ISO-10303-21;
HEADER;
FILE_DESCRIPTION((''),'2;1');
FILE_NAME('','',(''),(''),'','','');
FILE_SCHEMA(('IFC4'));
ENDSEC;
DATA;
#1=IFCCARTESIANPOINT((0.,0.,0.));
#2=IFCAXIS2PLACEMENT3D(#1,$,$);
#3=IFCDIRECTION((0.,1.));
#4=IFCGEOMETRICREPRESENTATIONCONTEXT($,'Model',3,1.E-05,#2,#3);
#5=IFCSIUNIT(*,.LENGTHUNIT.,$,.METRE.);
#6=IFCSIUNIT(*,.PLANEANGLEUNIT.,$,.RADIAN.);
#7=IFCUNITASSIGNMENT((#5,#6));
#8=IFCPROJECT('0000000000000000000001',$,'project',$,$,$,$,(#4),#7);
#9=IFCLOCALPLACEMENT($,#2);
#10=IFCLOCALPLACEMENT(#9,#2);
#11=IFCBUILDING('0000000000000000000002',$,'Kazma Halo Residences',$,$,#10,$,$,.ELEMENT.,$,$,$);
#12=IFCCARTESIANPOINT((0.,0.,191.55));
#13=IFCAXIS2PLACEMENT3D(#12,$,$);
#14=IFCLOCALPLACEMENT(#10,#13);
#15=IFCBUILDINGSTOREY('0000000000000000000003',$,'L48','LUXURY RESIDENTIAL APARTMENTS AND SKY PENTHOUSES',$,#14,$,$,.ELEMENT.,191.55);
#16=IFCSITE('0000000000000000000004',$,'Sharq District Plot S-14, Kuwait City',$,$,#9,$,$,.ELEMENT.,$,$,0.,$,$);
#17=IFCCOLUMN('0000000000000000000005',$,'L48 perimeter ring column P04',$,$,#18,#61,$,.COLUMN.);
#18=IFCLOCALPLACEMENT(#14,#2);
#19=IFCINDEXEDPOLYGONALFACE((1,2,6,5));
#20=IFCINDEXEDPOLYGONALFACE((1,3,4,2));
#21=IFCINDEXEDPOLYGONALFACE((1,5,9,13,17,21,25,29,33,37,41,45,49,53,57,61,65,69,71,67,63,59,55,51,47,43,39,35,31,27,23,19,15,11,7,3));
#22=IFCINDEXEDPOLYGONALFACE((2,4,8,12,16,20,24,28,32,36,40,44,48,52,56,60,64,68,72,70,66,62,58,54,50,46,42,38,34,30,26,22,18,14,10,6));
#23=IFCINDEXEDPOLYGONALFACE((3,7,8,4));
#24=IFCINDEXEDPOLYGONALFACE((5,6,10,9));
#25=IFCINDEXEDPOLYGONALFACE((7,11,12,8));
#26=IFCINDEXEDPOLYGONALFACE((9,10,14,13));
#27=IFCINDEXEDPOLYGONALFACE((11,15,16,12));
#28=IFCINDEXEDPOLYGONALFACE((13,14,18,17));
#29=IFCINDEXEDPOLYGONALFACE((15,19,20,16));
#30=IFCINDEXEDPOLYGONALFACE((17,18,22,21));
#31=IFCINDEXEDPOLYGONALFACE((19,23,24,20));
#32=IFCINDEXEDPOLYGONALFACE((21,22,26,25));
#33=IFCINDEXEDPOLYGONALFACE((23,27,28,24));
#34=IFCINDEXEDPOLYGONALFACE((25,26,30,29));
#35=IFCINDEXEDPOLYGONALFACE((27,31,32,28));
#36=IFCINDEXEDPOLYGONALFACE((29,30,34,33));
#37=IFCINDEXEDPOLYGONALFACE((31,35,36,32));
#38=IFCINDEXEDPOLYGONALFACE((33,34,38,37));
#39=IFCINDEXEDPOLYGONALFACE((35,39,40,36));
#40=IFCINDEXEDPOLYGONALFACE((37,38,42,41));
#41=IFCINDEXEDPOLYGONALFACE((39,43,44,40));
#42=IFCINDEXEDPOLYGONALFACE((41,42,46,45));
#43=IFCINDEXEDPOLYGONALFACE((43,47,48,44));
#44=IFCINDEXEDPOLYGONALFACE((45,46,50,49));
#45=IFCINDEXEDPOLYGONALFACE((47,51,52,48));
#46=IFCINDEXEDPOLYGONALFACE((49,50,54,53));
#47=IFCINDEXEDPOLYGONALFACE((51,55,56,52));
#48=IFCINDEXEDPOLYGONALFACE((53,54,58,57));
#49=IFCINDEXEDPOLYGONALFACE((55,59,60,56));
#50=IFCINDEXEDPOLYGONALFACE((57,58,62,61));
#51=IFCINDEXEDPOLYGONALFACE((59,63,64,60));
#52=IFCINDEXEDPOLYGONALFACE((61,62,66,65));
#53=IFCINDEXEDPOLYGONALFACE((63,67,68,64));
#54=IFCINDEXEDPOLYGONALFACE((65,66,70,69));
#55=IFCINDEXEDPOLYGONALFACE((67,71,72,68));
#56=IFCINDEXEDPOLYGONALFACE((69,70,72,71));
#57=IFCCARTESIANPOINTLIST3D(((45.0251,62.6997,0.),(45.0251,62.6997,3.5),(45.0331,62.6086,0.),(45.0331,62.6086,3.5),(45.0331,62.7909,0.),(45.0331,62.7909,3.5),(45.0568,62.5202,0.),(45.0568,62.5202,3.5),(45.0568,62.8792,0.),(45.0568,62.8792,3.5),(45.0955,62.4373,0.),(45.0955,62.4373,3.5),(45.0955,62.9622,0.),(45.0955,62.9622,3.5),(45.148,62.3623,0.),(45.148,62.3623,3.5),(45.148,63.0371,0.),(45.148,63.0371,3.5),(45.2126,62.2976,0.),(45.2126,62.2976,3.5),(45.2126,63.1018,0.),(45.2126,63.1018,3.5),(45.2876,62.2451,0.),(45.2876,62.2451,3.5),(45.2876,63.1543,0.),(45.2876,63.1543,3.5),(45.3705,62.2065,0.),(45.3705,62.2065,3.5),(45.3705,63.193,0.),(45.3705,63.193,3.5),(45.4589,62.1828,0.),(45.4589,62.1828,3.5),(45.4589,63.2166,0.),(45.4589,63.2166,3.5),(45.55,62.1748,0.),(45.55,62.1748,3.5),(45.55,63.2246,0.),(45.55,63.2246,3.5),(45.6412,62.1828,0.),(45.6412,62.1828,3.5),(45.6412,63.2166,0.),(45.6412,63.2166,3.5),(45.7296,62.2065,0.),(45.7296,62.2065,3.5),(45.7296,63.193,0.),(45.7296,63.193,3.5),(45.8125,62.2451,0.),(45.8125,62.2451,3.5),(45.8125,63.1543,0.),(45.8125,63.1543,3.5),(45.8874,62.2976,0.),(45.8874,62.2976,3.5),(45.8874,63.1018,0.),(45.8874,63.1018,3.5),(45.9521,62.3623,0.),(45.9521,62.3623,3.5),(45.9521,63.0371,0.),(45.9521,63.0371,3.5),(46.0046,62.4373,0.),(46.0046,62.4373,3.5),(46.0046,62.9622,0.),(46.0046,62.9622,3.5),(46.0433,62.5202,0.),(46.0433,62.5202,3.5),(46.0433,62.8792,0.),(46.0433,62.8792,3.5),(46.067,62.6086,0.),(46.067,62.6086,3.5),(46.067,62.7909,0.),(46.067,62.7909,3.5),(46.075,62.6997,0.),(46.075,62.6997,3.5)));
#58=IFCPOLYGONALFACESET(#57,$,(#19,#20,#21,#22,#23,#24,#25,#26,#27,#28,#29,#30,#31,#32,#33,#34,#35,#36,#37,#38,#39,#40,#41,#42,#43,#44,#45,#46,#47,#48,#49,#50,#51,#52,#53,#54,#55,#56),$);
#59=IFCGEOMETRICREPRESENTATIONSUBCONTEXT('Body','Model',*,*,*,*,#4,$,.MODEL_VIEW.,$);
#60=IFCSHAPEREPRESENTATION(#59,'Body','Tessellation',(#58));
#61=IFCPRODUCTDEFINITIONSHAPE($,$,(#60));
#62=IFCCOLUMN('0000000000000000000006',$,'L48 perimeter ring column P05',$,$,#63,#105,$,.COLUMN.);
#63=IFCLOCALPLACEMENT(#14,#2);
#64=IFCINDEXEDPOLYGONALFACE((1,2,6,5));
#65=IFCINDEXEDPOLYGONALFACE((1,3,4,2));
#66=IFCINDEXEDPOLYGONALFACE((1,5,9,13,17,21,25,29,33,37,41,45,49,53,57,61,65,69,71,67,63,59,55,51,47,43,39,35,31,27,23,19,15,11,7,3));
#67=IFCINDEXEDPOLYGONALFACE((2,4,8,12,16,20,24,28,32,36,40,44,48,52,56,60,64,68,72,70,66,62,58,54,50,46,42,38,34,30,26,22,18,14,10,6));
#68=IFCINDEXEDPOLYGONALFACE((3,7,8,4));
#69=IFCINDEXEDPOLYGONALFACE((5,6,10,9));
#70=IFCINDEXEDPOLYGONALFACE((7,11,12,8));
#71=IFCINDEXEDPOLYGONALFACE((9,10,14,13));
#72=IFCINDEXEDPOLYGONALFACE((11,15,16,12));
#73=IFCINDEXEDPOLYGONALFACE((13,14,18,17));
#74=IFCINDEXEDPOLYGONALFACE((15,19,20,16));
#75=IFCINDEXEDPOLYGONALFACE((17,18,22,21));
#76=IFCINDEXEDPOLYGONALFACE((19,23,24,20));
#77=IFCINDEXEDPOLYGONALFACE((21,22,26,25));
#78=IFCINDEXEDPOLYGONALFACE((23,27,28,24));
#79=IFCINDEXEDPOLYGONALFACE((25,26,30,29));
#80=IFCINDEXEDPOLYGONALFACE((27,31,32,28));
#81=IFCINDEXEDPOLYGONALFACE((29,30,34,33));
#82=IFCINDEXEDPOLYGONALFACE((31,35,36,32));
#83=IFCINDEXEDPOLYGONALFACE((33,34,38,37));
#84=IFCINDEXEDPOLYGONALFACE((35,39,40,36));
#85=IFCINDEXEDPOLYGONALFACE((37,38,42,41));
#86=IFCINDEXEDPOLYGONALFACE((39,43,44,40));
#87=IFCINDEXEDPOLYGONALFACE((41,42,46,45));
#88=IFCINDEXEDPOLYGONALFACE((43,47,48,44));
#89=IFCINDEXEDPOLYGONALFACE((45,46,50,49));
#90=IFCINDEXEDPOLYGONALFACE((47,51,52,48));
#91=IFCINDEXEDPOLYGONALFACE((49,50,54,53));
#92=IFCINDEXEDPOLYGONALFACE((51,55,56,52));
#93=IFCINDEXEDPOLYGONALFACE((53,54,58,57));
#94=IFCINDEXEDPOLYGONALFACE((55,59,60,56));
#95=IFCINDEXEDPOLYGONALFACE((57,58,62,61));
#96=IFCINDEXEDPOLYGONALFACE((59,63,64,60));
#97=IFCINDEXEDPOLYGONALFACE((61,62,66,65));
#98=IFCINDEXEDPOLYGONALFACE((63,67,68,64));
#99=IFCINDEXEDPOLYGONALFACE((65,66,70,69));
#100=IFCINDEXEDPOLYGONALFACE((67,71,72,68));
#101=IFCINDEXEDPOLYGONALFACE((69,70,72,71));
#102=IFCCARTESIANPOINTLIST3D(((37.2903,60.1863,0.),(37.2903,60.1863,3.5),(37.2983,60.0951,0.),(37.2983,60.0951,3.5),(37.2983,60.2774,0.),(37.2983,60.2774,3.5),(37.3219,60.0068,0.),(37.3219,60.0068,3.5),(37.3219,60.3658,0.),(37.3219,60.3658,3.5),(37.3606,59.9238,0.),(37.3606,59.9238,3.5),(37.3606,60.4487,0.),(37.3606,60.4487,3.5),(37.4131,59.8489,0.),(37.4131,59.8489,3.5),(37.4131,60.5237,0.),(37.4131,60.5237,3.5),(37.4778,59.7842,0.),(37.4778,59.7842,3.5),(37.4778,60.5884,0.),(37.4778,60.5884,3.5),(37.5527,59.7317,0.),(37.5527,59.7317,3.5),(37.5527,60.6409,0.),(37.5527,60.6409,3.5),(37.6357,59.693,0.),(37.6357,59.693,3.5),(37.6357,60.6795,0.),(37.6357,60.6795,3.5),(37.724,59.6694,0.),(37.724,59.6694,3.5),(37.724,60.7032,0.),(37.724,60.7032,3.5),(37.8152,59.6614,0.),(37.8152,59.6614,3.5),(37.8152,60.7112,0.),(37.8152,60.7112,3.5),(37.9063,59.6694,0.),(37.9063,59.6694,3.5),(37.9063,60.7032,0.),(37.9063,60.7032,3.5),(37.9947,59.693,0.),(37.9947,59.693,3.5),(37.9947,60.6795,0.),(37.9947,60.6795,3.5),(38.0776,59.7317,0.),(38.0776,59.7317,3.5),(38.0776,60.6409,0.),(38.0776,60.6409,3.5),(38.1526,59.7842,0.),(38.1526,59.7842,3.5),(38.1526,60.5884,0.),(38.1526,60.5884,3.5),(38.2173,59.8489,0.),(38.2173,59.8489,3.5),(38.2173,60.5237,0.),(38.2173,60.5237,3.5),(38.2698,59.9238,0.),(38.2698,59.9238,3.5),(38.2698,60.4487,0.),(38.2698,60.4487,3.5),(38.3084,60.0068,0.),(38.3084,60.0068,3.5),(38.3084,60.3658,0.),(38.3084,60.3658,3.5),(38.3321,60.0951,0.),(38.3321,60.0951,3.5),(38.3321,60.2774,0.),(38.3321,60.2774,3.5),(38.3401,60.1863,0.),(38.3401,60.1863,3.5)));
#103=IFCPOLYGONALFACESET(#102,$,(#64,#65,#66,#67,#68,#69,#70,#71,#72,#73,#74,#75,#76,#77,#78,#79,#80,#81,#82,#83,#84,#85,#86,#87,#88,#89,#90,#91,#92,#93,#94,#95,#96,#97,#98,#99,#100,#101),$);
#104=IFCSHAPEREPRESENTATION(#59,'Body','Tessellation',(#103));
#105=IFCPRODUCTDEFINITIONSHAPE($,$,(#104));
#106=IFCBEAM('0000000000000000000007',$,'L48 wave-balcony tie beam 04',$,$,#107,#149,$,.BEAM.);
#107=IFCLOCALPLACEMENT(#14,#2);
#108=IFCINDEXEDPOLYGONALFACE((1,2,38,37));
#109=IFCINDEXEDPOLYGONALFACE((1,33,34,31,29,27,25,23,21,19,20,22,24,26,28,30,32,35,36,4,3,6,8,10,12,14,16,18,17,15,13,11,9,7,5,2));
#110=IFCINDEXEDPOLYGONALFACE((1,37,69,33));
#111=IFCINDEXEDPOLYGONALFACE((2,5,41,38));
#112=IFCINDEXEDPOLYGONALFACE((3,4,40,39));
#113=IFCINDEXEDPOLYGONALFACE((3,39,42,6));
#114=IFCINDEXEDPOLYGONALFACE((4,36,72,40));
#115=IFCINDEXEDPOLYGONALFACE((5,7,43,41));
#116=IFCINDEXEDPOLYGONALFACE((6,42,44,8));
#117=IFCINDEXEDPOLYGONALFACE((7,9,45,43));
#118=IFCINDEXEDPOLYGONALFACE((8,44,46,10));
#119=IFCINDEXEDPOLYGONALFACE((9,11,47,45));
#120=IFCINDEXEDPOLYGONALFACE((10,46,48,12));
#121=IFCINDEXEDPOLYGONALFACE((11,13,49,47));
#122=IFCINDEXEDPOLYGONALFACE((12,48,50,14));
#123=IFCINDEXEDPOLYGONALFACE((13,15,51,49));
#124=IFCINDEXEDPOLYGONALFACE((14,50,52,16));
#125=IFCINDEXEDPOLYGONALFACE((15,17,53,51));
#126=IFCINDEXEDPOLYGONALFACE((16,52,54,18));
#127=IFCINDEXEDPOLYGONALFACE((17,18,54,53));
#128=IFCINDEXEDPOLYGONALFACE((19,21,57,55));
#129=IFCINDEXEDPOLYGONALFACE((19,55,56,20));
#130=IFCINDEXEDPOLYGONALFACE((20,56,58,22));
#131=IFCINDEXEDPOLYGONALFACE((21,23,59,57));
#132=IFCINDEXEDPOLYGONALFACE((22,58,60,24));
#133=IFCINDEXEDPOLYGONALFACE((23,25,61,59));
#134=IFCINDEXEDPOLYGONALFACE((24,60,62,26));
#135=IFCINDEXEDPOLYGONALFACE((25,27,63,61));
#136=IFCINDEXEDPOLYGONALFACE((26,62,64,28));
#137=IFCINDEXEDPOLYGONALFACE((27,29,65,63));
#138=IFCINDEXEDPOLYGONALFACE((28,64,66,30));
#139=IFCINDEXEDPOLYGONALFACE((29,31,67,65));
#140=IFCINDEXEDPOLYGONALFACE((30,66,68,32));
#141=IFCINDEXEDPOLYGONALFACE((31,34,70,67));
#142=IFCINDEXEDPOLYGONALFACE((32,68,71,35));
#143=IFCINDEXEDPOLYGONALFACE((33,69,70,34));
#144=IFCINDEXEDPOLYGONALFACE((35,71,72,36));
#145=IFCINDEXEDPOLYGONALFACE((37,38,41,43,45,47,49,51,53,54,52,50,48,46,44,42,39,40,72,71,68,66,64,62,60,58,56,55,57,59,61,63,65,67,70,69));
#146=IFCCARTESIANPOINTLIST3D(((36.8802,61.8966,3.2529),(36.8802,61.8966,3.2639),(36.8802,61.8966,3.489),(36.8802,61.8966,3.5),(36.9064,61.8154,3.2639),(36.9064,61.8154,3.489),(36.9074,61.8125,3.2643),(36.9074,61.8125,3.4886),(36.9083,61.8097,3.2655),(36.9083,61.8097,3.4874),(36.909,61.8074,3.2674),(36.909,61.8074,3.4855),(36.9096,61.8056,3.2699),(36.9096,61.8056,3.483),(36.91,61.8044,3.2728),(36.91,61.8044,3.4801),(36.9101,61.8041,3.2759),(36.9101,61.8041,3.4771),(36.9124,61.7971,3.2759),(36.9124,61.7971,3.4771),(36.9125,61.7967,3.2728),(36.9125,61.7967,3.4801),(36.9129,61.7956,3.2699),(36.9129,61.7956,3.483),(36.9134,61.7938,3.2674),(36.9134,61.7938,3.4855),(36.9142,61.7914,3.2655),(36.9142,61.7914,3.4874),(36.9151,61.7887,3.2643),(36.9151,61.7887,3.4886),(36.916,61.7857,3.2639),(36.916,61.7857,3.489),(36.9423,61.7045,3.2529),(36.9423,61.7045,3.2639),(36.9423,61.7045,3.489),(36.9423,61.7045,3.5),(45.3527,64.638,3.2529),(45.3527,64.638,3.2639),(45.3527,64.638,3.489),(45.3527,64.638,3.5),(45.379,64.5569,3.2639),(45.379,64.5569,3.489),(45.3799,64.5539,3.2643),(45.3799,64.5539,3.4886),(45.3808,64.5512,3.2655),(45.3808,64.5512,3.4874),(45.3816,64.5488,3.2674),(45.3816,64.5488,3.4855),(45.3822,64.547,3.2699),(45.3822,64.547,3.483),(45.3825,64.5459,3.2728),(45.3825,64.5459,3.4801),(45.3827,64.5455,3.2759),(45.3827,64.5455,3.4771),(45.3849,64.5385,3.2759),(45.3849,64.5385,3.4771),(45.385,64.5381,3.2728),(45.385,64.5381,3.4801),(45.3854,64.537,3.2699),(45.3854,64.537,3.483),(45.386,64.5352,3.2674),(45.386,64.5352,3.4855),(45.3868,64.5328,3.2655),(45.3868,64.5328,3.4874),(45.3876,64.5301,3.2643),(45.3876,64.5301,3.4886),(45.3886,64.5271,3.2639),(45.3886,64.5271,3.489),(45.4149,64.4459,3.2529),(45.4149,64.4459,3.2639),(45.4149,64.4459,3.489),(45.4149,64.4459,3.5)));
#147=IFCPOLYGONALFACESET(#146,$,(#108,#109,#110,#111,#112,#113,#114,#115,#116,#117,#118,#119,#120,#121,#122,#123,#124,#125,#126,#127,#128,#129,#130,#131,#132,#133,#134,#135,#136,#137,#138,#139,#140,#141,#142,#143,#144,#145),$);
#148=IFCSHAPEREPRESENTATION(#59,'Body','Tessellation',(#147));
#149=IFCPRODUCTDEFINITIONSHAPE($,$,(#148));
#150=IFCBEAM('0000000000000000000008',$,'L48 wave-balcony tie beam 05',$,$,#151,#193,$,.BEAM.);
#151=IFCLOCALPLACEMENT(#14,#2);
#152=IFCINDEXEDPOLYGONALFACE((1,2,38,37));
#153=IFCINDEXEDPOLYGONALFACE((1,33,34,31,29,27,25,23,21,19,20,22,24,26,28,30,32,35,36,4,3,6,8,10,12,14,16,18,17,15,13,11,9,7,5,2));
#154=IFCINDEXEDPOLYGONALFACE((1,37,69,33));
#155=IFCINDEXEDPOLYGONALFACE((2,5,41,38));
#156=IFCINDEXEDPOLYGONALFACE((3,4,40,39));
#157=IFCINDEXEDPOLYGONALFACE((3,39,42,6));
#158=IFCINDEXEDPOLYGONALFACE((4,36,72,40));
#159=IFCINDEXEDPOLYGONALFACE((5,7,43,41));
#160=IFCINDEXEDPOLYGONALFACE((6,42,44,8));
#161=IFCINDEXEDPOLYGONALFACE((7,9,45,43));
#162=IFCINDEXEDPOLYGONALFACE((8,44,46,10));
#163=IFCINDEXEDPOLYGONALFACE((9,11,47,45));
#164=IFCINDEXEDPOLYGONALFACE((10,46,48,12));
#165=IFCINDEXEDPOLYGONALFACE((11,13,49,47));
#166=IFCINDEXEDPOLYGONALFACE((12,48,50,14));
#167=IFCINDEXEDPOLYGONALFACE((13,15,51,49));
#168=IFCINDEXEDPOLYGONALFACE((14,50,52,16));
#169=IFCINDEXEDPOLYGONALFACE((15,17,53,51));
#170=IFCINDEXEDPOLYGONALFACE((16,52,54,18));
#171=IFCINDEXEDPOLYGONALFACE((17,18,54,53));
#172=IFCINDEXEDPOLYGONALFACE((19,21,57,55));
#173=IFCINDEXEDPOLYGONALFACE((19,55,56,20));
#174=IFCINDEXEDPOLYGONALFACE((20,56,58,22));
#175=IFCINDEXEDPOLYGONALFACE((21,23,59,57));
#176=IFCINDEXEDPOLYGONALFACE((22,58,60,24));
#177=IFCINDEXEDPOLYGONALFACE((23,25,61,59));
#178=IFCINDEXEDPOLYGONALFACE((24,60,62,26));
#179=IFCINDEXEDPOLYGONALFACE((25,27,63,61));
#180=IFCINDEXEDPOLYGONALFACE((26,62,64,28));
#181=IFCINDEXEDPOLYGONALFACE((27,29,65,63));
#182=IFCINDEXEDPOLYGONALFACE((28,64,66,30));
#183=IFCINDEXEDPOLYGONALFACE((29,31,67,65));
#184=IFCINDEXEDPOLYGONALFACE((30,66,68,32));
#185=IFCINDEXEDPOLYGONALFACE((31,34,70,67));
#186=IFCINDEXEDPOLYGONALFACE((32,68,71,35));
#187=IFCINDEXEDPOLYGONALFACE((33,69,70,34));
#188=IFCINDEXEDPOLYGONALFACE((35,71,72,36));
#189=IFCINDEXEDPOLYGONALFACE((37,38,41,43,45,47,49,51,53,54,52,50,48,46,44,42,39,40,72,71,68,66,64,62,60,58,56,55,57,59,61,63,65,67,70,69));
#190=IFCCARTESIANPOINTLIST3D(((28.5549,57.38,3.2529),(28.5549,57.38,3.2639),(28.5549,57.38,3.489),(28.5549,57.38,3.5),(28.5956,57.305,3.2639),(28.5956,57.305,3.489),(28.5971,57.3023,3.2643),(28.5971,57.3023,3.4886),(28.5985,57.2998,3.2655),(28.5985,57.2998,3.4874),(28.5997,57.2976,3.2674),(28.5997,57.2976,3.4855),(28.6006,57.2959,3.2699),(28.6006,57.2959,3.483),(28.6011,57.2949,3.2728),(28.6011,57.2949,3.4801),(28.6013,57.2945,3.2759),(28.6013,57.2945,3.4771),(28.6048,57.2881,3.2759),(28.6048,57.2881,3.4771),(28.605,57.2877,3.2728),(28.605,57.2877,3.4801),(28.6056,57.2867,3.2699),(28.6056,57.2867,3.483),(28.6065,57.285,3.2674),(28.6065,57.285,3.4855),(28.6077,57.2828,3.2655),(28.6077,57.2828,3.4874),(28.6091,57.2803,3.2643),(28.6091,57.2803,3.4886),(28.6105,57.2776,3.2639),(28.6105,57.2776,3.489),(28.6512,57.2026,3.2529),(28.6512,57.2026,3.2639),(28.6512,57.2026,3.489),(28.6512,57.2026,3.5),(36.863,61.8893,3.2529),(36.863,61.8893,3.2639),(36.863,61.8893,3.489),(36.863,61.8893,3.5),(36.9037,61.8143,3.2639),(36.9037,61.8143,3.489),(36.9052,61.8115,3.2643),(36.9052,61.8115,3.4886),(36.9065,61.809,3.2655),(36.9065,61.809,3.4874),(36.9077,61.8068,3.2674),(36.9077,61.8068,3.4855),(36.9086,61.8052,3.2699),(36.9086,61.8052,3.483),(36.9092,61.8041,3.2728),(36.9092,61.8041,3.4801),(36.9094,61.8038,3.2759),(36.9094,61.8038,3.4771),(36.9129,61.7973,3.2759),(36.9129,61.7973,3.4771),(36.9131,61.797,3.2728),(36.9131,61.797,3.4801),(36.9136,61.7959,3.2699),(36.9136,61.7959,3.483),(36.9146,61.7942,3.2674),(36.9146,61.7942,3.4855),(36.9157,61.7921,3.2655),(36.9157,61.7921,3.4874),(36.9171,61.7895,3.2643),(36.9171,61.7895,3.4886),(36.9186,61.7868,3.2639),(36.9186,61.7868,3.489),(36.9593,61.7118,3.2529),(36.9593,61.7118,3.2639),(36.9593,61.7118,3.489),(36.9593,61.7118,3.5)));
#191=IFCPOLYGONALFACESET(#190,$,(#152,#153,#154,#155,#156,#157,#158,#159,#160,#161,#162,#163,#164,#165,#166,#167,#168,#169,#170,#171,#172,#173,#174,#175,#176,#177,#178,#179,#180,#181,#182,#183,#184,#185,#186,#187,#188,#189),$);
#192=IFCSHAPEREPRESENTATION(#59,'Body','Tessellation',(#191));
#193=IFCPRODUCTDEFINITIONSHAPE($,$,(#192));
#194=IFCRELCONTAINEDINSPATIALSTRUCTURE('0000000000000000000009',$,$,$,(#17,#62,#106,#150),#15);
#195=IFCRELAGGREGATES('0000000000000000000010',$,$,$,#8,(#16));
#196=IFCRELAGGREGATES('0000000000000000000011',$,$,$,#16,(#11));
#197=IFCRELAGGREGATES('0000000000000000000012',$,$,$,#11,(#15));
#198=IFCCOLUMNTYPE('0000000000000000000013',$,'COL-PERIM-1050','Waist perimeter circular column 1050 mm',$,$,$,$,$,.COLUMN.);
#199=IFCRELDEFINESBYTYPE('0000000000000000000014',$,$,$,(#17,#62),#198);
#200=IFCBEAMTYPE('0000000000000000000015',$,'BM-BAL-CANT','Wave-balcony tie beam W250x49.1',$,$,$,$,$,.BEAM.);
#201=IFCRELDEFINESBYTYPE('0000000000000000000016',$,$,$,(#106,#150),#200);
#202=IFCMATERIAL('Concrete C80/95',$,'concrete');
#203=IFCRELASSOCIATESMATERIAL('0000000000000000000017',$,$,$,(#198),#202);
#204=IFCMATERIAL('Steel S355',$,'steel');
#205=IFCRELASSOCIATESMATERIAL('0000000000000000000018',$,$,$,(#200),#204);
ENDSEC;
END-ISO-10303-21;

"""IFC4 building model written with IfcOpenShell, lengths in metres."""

from ifc_helpers import new_model, si_unit, direction, frame, origin, origin_2d, place, context, subcontext, project, spatial, circle, i_section, extrude, material, material_profile, profile_set, type_object, element, save


model = new_model("IFC4")

# Units and contexts
model_context = context("Model", 3, precision=1e-05, world=origin(), true_north=direction((0.0, 1.0)))
body_context = subcontext(model_context, "Body", "Model", "MODEL_VIEW")
ifc_project = project(units=[si_unit("LENGTHUNIT", "METRE"), si_unit("PLANEANGLEUNIT", "RADIAN")], contexts=[model_context])

# Site, building, storey
site_placement = place(None, origin())
site = spatial("IfcSite", under=ifc_project, at=site_placement, Name="Sharq District Plot S-14, Kuwait City", CompositionType="ELEMENT", RefElevation=0.0)
building_placement = place(site_placement, origin())
building = spatial("IfcBuilding", under=site, at=building_placement, Name="Kazma Halo Residences", CompositionType="ELEMENT")
storey_placement = place(building_placement, frame((0.0, 0.0, 191.55)))
storey = spatial("IfcBuildingStorey", under=building, at=storey_placement, Name="L48", Description="LUXURY RESIDENTIAL APARTMENTS AND SKY PENTHOUSES", CompositionType="ELEMENT", Elevation=191.55)

# Columns
ifc_material_1 = material(Name="Concrete C80/95", Category="concrete")
ifc_material_profile_1 = material_profile(ifc_material_1, circle(Radius=0.5249, at=origin_2d()), Name="CIRC1050")
ifc_profile_set_1 = profile_set([ifc_material_profile_1], Name="Concrete C80/95")
column_type = type_object("IfcColumnType", Name="COL-PERIM-1050", Description="Waist perimeter circular column 1050 mm", PredefinedType="COLUMN", material=ifc_profile_set_1)
for number, where, z_axis, x_axis, name in (
    (1, (45.55, 62.6997, 0.0), (0.0, 0.0, 1.0), (1.0, 0.0, 0.0), "L48 perimeter ring column P04"),
    (2, (37.8152, 60.1863, 0.0), (0.0, 0.0, 1.0), (1.0, 0.0, 0.0), "L48 perimeter ring column P05"),
):
    element("IfcColumn", number, at=place(storey_placement, frame(where, z_axis=z_axis, x_axis=x_axis)), inside=storey, type_object=column_type, Name=name, PredefinedType="COLUMN", context=body_context, shape_type="SweptSolid", body=[
        extrude(circle(Radius=0.5249, at=origin_2d()), origin(), (0.0, 0.0, 1.0), 3.5),
    ])

# Beams
ifc_material_2 = material(Name="Steel S355", Category="steel")
ifc_material_profile_2 = material_profile(ifc_material_2, i_section(OverallWidth=0.2019, OverallDepth=0.2471, WebThickness=0.0073, FlangeThickness=0.011, FilletRadius=0.012, at=origin_2d()), Name="W250x49.1")
ifc_profile_set_2 = profile_set([ifc_material_profile_2], Name="Steel S355")
beam_type_1 = type_object("IfcBeamType", Name="BM-BAL-CANT", Description="Wave-balcony tie beam W250x49.1", PredefinedType="BEAM", material=ifc_profile_set_2)
beam_1_placement = place(storey_placement, frame((45.3838, 64.542, 3.3765), z_axis=(-0.951435, -0.307851, 0.0), x_axis=(0.307851, -0.951435, 0.0)))
element("IfcBeam", 3, at=beam_1_placement, inside=storey, type_object=beam_type_1, Name="L48 wave-balcony tie beam 04", PredefinedType="BEAM", context=body_context, shape_type="SweptSolid", body=[
    extrude(i_section(OverallWidth=0.2019, OverallDepth=0.2471, WebThickness=0.0073, FlangeThickness=0.011, FilletRadius=0.012, at=origin_2d()), origin(), (0.0, 0.0, 1.0), 8.905),
])
beam_2_placement = place(storey_placement, frame((36.9111, 61.8005, 3.3765), z_axis=(-0.878891, -0.477023, 0.0), x_axis=(0.477023, -0.878891, 0.0)))
element("IfcBeam", 4, at=beam_2_placement, inside=storey, type_object=beam_type_1, Name="L48 wave-balcony tie beam 05", PredefinedType="BEAM", context=body_context, shape_type="SweptSolid", body=[
    extrude(i_section(OverallWidth=0.2019, OverallDepth=0.2471, WebThickness=0.0073, FlangeThickness=0.011, FilletRadius=0.012, at=origin_2d()), origin(), (0.0, 0.0, 1.0), 9.4529),
])

save(model, "model.ifc")
